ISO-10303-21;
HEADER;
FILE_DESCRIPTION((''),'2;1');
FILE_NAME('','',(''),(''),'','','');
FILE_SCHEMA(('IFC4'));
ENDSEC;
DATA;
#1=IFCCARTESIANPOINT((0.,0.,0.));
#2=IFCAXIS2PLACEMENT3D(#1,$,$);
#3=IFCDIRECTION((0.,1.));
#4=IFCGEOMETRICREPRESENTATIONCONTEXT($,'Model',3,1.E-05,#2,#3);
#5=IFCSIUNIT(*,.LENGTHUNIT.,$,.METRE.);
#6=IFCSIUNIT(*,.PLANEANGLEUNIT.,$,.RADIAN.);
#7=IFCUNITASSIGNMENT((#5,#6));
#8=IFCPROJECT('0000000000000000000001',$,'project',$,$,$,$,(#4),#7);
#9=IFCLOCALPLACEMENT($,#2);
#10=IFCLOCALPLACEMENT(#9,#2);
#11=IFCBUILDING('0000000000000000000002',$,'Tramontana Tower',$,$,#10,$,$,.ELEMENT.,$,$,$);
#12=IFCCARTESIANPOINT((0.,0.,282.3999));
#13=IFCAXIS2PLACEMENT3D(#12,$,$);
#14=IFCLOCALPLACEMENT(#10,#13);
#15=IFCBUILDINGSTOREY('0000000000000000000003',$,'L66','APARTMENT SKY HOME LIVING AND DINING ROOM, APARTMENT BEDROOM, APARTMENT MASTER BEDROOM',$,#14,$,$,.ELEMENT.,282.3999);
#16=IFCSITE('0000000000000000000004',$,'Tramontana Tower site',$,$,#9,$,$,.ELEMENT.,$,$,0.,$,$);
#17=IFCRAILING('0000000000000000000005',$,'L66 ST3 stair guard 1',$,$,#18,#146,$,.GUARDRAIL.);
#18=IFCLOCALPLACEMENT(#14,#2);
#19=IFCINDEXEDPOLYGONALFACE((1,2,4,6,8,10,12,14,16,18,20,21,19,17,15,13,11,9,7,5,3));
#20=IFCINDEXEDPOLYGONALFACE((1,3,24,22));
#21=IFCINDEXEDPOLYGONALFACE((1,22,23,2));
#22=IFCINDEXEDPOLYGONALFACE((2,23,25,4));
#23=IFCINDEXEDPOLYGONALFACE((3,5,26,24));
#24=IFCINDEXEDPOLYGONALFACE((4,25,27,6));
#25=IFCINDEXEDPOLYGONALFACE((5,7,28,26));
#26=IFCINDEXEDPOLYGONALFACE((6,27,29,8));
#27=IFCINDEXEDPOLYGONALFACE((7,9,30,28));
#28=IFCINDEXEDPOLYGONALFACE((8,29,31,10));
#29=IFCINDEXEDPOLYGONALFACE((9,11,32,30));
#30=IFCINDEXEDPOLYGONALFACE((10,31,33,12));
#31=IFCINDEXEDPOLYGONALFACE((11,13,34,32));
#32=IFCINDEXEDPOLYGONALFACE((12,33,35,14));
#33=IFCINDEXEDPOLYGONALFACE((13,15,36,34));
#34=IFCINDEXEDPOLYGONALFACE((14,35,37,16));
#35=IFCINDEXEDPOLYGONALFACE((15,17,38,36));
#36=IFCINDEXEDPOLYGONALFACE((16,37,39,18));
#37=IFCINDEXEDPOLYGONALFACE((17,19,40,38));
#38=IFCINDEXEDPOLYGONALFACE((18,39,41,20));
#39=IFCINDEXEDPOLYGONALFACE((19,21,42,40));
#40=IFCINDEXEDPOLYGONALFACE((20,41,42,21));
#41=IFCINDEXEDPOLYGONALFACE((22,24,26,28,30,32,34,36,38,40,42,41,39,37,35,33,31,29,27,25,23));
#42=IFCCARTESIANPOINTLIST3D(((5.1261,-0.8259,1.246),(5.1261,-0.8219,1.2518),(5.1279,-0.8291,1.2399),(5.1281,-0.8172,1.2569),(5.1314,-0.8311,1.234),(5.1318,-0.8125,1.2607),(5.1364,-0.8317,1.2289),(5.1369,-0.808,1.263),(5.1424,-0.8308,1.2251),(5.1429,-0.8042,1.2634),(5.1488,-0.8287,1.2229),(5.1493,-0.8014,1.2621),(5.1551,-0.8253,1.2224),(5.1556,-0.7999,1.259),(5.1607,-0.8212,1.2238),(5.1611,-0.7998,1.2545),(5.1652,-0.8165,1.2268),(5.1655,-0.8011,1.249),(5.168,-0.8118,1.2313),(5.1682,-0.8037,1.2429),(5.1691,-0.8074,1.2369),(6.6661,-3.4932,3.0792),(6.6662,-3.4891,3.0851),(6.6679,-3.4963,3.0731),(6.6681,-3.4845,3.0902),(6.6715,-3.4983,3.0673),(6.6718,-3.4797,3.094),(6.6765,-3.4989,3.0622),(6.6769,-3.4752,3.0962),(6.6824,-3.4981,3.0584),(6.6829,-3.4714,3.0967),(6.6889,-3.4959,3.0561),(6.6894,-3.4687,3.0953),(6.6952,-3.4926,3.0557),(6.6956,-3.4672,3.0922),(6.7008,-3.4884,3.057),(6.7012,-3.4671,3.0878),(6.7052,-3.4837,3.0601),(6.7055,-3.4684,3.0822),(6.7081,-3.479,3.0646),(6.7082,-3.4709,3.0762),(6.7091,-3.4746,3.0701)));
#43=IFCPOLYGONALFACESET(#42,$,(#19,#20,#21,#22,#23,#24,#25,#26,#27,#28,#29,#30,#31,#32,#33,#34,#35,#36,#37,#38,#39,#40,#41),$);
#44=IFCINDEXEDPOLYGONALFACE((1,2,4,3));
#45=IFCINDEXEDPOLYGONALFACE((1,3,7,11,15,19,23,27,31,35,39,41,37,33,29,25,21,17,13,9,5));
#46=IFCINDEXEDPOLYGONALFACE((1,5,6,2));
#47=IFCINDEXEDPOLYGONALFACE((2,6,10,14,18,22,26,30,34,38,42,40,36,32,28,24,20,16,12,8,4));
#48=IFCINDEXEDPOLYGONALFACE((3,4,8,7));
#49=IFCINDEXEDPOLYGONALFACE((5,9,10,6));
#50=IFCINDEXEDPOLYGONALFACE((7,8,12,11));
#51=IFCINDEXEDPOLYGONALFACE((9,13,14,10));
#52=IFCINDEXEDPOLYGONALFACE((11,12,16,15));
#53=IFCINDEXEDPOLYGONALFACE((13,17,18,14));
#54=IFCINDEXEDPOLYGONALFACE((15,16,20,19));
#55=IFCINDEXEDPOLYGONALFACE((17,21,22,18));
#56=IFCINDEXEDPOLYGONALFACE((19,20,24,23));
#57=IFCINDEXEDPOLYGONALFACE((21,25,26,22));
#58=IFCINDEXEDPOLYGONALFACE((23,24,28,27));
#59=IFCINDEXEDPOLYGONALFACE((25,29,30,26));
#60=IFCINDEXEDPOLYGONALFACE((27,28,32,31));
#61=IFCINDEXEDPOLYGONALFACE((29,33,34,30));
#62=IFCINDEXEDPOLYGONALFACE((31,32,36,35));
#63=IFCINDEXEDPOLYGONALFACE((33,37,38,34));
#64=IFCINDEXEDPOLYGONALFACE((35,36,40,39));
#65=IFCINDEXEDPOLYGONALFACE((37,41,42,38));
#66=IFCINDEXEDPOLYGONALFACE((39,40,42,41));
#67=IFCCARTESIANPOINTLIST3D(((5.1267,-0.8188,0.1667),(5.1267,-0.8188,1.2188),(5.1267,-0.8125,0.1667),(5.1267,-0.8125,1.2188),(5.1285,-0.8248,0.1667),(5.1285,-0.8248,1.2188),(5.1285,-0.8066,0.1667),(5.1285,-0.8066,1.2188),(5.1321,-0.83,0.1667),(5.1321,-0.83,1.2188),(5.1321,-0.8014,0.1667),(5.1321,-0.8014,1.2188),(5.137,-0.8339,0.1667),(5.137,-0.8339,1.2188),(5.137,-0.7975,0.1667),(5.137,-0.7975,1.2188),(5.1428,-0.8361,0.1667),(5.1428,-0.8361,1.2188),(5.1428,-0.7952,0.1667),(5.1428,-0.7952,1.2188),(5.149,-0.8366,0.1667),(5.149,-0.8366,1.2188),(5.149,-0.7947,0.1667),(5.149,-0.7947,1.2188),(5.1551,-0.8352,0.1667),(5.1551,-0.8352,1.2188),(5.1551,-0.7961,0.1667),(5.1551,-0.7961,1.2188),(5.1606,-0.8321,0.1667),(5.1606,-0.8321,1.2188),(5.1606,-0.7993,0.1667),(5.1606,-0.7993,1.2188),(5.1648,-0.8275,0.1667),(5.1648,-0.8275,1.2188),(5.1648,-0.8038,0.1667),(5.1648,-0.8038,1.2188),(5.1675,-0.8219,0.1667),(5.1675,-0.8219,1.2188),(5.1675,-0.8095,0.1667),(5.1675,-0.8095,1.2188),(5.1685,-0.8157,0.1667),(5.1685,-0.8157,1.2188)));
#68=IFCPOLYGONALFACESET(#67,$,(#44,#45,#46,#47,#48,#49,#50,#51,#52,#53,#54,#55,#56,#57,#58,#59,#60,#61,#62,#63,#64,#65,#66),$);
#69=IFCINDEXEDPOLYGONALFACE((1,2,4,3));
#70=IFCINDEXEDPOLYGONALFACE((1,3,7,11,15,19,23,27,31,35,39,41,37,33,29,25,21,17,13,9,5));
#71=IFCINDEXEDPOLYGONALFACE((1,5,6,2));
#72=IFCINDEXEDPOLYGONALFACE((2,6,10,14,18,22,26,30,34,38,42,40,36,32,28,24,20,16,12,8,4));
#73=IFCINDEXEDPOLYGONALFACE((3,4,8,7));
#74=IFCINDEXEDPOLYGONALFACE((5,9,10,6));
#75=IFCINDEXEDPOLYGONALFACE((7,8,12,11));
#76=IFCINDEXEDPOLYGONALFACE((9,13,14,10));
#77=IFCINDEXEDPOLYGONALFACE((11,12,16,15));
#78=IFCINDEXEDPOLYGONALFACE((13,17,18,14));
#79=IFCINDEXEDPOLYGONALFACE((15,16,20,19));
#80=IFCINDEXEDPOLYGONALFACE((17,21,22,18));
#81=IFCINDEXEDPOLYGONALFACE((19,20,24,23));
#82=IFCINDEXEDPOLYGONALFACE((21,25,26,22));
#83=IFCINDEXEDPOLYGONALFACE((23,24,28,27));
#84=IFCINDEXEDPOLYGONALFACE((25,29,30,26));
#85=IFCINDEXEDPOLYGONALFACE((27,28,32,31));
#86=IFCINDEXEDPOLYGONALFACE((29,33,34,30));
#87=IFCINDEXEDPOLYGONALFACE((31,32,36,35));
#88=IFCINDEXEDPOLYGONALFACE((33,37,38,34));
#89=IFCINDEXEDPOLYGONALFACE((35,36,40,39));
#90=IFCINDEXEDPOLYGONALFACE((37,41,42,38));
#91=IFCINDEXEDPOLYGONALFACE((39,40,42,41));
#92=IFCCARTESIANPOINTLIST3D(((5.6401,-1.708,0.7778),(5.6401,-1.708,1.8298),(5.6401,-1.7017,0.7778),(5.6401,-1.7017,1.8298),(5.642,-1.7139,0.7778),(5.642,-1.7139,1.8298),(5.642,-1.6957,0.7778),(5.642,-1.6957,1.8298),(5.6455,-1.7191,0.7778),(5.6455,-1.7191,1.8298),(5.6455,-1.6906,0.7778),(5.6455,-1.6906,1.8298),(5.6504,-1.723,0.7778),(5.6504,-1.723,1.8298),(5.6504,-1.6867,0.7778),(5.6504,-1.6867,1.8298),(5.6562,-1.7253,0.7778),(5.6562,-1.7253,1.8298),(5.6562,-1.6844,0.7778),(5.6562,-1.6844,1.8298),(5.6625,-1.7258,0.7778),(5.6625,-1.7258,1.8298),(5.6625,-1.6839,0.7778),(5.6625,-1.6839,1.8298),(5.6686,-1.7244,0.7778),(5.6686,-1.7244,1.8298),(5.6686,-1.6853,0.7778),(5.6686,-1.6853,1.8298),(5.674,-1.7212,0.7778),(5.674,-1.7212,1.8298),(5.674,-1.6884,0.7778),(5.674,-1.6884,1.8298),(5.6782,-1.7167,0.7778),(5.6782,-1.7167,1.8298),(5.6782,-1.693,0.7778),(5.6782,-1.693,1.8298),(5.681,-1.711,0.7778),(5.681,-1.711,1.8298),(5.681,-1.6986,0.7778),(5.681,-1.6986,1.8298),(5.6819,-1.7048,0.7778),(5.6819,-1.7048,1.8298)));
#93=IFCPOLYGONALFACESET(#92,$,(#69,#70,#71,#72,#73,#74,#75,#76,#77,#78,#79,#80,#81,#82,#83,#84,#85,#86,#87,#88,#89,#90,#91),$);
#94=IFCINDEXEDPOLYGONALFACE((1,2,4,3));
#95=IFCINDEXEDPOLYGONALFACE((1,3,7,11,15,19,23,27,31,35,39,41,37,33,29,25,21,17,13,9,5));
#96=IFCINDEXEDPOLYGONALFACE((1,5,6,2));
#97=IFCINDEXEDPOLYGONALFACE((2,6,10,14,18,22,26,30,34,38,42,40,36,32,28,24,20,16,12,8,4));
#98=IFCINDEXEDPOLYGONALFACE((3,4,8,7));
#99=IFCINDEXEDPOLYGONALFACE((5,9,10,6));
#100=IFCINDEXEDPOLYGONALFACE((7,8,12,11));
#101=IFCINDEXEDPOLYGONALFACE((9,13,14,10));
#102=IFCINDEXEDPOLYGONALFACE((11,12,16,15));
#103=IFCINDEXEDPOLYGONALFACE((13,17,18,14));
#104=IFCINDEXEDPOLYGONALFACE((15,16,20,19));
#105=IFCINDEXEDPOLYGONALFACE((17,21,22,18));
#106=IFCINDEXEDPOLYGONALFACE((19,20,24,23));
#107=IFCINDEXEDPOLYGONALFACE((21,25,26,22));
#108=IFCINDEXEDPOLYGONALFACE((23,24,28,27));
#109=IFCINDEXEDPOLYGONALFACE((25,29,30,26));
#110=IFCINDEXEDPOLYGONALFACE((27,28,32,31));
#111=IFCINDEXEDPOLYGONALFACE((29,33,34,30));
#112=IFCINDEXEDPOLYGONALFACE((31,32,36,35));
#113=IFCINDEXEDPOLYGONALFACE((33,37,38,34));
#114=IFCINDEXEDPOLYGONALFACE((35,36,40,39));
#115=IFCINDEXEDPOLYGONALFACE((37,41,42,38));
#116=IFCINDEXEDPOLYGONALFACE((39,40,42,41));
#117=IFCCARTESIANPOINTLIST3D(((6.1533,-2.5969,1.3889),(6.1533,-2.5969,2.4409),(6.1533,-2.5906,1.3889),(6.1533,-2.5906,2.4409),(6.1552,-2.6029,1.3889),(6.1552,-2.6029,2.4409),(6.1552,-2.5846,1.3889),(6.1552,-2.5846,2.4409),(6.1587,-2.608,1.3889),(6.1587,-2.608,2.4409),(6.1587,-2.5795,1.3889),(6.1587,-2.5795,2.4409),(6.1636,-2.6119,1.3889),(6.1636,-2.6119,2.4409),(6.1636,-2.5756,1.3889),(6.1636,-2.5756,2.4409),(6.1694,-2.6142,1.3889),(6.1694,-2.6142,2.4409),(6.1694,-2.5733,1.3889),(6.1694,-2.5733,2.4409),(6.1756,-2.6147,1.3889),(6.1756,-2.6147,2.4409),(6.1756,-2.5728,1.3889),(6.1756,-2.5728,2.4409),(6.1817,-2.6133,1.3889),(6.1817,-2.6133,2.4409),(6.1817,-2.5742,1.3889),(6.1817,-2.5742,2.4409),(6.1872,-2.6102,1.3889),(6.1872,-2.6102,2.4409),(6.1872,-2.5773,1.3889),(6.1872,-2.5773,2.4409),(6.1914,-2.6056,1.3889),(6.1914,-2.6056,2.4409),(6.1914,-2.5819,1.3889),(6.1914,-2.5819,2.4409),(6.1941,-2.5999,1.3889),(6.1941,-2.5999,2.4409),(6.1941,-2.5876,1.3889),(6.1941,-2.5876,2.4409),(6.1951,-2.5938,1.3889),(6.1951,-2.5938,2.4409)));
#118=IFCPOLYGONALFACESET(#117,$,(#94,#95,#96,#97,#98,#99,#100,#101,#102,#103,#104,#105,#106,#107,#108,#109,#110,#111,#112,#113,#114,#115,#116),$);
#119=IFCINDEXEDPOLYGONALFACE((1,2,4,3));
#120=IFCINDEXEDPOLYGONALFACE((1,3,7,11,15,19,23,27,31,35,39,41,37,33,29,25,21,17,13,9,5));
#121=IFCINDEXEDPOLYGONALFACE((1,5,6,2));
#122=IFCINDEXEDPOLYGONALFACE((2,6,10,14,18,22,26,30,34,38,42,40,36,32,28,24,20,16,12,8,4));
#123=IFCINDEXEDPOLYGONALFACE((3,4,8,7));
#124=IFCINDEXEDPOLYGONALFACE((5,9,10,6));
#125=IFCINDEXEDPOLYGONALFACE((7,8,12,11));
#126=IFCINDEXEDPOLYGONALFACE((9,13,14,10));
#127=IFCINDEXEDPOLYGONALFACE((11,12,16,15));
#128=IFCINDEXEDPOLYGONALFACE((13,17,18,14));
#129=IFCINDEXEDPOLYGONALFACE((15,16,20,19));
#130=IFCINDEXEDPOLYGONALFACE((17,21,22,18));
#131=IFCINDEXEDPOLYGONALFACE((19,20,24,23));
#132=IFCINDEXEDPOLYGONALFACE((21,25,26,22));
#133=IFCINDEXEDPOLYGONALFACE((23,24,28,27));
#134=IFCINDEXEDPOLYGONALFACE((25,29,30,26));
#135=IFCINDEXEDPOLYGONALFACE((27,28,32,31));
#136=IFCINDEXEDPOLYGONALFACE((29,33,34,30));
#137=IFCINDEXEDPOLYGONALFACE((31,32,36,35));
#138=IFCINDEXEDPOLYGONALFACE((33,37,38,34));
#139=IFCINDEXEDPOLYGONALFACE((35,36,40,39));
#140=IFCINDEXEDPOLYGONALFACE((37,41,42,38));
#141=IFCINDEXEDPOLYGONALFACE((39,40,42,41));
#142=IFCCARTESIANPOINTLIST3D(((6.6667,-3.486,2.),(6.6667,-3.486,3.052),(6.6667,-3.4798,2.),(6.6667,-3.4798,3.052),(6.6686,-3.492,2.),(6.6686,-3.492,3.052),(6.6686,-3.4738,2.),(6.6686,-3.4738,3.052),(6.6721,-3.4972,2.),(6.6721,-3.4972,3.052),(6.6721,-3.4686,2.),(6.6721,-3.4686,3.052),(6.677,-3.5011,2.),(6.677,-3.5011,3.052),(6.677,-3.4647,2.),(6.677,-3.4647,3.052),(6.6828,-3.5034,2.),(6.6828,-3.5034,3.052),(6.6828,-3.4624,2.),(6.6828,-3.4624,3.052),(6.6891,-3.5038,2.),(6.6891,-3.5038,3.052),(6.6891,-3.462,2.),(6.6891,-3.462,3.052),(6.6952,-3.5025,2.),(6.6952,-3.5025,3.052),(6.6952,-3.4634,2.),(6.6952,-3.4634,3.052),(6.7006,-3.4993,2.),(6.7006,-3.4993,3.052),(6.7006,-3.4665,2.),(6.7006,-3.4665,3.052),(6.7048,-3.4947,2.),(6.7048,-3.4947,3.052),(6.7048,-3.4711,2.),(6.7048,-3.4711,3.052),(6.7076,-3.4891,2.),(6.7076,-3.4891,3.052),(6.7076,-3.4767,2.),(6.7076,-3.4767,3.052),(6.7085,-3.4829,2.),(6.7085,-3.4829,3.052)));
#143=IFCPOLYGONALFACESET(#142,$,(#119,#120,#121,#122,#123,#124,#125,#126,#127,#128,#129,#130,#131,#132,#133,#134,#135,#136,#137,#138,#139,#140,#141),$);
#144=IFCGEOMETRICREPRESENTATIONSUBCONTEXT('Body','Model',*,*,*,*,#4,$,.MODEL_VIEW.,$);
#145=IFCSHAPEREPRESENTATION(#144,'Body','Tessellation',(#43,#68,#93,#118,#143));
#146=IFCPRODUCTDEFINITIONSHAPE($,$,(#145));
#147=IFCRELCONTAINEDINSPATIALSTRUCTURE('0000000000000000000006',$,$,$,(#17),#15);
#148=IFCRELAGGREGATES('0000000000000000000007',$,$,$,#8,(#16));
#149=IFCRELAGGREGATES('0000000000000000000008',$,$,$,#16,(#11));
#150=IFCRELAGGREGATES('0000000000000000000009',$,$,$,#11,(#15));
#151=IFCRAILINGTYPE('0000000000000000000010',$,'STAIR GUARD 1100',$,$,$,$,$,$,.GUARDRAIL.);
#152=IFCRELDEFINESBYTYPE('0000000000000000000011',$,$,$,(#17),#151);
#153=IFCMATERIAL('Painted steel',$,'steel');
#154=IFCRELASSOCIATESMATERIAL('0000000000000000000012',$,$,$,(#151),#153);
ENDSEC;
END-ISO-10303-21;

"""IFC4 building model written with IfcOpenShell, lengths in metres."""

from ifc_helpers import new_model, si_unit, direction, frame, origin, origin_2d, place, context, subcontext, project, spatial, circle, extrude, material, type_object, element, save


model = new_model("IFC4")

# Units and contexts
model_context = context("Model", 3, precision=1e-05, world=origin(), true_north=direction((0.0, 1.0)))
body_context = subcontext(model_context, "Body", "Model", "MODEL_VIEW")
ifc_project = project(units=[si_unit("LENGTHUNIT", "METRE"), si_unit("PLANEANGLEUNIT", "RADIAN")], contexts=[model_context])

# Site, building, storey
site_placement = place(None, origin())
site = spatial("IfcSite", under=ifc_project, at=site_placement, Name="Tramontana Tower site", CompositionType="ELEMENT", RefElevation=0.0)
building_placement = place(site_placement, origin())
building = spatial("IfcBuilding", under=site, at=building_placement, Name="Tramontana Tower", CompositionType="ELEMENT")
storey_placement = place(building_placement, frame((0.0, 0.0, 282.3999)))
storey = spatial("IfcBuildingStorey", under=building, at=storey_placement, Name="L66", Description="APARTMENT SKY HOME LIVING AND DINING ROOM, APARTMENT BEDROOM, APARTMENT MASTER BEDROOM", CompositionType="ELEMENT", Elevation=282.3999)

# Railing
ifc_material_1 = material(Name="Painted steel", Category="steel")
railing_type_1 = type_object("IfcRailingType", Name="STAIR GUARD 1100", PredefinedType="GUARDRAIL", material=ifc_material_1)
railing_1_placement = place(storey_placement, frame((5.1475, -0.8157, 0.1667)))
element("IfcRailing", 1, at=railing_1_placement, inside=storey, type_object=railing_type_1, Name="L66 ST3 stair guard 1", PredefinedType="GUARDRAIL", context=body_context, shape_type="SweptSolid", body=[
    extrude(circle(Radius=0.0239, at=origin_2d()), frame((0.0, 0.0, 1.0762), z_axis=(0.429671, -0.744159, 0.511478), x_axis=(0.86601, 0.500027, 0.0)), (0.0, 0.0, 1.0), 3.5842),
    extrude(circle(Radius=0.021, at=origin_2d()), origin(), (0.0, 0.0, 1.0), 1.052),
    extrude(circle(Radius=0.021, at=origin_2d()), frame((0.5134, -0.8892, 0.6111)), (0.0, 0.0, 1.0), 1.052),
    extrude(circle(Radius=0.021, at=origin_2d()), frame((1.0266, -1.7781, 1.2222)), (0.0, 0.0, 1.0), 1.052),
    extrude(circle(Radius=0.021, at=origin_2d()), frame((1.54, -2.6672, 1.8333)), (0.0, 0.0, 1.0), 1.052),
])

save(model, "model.ifc")
